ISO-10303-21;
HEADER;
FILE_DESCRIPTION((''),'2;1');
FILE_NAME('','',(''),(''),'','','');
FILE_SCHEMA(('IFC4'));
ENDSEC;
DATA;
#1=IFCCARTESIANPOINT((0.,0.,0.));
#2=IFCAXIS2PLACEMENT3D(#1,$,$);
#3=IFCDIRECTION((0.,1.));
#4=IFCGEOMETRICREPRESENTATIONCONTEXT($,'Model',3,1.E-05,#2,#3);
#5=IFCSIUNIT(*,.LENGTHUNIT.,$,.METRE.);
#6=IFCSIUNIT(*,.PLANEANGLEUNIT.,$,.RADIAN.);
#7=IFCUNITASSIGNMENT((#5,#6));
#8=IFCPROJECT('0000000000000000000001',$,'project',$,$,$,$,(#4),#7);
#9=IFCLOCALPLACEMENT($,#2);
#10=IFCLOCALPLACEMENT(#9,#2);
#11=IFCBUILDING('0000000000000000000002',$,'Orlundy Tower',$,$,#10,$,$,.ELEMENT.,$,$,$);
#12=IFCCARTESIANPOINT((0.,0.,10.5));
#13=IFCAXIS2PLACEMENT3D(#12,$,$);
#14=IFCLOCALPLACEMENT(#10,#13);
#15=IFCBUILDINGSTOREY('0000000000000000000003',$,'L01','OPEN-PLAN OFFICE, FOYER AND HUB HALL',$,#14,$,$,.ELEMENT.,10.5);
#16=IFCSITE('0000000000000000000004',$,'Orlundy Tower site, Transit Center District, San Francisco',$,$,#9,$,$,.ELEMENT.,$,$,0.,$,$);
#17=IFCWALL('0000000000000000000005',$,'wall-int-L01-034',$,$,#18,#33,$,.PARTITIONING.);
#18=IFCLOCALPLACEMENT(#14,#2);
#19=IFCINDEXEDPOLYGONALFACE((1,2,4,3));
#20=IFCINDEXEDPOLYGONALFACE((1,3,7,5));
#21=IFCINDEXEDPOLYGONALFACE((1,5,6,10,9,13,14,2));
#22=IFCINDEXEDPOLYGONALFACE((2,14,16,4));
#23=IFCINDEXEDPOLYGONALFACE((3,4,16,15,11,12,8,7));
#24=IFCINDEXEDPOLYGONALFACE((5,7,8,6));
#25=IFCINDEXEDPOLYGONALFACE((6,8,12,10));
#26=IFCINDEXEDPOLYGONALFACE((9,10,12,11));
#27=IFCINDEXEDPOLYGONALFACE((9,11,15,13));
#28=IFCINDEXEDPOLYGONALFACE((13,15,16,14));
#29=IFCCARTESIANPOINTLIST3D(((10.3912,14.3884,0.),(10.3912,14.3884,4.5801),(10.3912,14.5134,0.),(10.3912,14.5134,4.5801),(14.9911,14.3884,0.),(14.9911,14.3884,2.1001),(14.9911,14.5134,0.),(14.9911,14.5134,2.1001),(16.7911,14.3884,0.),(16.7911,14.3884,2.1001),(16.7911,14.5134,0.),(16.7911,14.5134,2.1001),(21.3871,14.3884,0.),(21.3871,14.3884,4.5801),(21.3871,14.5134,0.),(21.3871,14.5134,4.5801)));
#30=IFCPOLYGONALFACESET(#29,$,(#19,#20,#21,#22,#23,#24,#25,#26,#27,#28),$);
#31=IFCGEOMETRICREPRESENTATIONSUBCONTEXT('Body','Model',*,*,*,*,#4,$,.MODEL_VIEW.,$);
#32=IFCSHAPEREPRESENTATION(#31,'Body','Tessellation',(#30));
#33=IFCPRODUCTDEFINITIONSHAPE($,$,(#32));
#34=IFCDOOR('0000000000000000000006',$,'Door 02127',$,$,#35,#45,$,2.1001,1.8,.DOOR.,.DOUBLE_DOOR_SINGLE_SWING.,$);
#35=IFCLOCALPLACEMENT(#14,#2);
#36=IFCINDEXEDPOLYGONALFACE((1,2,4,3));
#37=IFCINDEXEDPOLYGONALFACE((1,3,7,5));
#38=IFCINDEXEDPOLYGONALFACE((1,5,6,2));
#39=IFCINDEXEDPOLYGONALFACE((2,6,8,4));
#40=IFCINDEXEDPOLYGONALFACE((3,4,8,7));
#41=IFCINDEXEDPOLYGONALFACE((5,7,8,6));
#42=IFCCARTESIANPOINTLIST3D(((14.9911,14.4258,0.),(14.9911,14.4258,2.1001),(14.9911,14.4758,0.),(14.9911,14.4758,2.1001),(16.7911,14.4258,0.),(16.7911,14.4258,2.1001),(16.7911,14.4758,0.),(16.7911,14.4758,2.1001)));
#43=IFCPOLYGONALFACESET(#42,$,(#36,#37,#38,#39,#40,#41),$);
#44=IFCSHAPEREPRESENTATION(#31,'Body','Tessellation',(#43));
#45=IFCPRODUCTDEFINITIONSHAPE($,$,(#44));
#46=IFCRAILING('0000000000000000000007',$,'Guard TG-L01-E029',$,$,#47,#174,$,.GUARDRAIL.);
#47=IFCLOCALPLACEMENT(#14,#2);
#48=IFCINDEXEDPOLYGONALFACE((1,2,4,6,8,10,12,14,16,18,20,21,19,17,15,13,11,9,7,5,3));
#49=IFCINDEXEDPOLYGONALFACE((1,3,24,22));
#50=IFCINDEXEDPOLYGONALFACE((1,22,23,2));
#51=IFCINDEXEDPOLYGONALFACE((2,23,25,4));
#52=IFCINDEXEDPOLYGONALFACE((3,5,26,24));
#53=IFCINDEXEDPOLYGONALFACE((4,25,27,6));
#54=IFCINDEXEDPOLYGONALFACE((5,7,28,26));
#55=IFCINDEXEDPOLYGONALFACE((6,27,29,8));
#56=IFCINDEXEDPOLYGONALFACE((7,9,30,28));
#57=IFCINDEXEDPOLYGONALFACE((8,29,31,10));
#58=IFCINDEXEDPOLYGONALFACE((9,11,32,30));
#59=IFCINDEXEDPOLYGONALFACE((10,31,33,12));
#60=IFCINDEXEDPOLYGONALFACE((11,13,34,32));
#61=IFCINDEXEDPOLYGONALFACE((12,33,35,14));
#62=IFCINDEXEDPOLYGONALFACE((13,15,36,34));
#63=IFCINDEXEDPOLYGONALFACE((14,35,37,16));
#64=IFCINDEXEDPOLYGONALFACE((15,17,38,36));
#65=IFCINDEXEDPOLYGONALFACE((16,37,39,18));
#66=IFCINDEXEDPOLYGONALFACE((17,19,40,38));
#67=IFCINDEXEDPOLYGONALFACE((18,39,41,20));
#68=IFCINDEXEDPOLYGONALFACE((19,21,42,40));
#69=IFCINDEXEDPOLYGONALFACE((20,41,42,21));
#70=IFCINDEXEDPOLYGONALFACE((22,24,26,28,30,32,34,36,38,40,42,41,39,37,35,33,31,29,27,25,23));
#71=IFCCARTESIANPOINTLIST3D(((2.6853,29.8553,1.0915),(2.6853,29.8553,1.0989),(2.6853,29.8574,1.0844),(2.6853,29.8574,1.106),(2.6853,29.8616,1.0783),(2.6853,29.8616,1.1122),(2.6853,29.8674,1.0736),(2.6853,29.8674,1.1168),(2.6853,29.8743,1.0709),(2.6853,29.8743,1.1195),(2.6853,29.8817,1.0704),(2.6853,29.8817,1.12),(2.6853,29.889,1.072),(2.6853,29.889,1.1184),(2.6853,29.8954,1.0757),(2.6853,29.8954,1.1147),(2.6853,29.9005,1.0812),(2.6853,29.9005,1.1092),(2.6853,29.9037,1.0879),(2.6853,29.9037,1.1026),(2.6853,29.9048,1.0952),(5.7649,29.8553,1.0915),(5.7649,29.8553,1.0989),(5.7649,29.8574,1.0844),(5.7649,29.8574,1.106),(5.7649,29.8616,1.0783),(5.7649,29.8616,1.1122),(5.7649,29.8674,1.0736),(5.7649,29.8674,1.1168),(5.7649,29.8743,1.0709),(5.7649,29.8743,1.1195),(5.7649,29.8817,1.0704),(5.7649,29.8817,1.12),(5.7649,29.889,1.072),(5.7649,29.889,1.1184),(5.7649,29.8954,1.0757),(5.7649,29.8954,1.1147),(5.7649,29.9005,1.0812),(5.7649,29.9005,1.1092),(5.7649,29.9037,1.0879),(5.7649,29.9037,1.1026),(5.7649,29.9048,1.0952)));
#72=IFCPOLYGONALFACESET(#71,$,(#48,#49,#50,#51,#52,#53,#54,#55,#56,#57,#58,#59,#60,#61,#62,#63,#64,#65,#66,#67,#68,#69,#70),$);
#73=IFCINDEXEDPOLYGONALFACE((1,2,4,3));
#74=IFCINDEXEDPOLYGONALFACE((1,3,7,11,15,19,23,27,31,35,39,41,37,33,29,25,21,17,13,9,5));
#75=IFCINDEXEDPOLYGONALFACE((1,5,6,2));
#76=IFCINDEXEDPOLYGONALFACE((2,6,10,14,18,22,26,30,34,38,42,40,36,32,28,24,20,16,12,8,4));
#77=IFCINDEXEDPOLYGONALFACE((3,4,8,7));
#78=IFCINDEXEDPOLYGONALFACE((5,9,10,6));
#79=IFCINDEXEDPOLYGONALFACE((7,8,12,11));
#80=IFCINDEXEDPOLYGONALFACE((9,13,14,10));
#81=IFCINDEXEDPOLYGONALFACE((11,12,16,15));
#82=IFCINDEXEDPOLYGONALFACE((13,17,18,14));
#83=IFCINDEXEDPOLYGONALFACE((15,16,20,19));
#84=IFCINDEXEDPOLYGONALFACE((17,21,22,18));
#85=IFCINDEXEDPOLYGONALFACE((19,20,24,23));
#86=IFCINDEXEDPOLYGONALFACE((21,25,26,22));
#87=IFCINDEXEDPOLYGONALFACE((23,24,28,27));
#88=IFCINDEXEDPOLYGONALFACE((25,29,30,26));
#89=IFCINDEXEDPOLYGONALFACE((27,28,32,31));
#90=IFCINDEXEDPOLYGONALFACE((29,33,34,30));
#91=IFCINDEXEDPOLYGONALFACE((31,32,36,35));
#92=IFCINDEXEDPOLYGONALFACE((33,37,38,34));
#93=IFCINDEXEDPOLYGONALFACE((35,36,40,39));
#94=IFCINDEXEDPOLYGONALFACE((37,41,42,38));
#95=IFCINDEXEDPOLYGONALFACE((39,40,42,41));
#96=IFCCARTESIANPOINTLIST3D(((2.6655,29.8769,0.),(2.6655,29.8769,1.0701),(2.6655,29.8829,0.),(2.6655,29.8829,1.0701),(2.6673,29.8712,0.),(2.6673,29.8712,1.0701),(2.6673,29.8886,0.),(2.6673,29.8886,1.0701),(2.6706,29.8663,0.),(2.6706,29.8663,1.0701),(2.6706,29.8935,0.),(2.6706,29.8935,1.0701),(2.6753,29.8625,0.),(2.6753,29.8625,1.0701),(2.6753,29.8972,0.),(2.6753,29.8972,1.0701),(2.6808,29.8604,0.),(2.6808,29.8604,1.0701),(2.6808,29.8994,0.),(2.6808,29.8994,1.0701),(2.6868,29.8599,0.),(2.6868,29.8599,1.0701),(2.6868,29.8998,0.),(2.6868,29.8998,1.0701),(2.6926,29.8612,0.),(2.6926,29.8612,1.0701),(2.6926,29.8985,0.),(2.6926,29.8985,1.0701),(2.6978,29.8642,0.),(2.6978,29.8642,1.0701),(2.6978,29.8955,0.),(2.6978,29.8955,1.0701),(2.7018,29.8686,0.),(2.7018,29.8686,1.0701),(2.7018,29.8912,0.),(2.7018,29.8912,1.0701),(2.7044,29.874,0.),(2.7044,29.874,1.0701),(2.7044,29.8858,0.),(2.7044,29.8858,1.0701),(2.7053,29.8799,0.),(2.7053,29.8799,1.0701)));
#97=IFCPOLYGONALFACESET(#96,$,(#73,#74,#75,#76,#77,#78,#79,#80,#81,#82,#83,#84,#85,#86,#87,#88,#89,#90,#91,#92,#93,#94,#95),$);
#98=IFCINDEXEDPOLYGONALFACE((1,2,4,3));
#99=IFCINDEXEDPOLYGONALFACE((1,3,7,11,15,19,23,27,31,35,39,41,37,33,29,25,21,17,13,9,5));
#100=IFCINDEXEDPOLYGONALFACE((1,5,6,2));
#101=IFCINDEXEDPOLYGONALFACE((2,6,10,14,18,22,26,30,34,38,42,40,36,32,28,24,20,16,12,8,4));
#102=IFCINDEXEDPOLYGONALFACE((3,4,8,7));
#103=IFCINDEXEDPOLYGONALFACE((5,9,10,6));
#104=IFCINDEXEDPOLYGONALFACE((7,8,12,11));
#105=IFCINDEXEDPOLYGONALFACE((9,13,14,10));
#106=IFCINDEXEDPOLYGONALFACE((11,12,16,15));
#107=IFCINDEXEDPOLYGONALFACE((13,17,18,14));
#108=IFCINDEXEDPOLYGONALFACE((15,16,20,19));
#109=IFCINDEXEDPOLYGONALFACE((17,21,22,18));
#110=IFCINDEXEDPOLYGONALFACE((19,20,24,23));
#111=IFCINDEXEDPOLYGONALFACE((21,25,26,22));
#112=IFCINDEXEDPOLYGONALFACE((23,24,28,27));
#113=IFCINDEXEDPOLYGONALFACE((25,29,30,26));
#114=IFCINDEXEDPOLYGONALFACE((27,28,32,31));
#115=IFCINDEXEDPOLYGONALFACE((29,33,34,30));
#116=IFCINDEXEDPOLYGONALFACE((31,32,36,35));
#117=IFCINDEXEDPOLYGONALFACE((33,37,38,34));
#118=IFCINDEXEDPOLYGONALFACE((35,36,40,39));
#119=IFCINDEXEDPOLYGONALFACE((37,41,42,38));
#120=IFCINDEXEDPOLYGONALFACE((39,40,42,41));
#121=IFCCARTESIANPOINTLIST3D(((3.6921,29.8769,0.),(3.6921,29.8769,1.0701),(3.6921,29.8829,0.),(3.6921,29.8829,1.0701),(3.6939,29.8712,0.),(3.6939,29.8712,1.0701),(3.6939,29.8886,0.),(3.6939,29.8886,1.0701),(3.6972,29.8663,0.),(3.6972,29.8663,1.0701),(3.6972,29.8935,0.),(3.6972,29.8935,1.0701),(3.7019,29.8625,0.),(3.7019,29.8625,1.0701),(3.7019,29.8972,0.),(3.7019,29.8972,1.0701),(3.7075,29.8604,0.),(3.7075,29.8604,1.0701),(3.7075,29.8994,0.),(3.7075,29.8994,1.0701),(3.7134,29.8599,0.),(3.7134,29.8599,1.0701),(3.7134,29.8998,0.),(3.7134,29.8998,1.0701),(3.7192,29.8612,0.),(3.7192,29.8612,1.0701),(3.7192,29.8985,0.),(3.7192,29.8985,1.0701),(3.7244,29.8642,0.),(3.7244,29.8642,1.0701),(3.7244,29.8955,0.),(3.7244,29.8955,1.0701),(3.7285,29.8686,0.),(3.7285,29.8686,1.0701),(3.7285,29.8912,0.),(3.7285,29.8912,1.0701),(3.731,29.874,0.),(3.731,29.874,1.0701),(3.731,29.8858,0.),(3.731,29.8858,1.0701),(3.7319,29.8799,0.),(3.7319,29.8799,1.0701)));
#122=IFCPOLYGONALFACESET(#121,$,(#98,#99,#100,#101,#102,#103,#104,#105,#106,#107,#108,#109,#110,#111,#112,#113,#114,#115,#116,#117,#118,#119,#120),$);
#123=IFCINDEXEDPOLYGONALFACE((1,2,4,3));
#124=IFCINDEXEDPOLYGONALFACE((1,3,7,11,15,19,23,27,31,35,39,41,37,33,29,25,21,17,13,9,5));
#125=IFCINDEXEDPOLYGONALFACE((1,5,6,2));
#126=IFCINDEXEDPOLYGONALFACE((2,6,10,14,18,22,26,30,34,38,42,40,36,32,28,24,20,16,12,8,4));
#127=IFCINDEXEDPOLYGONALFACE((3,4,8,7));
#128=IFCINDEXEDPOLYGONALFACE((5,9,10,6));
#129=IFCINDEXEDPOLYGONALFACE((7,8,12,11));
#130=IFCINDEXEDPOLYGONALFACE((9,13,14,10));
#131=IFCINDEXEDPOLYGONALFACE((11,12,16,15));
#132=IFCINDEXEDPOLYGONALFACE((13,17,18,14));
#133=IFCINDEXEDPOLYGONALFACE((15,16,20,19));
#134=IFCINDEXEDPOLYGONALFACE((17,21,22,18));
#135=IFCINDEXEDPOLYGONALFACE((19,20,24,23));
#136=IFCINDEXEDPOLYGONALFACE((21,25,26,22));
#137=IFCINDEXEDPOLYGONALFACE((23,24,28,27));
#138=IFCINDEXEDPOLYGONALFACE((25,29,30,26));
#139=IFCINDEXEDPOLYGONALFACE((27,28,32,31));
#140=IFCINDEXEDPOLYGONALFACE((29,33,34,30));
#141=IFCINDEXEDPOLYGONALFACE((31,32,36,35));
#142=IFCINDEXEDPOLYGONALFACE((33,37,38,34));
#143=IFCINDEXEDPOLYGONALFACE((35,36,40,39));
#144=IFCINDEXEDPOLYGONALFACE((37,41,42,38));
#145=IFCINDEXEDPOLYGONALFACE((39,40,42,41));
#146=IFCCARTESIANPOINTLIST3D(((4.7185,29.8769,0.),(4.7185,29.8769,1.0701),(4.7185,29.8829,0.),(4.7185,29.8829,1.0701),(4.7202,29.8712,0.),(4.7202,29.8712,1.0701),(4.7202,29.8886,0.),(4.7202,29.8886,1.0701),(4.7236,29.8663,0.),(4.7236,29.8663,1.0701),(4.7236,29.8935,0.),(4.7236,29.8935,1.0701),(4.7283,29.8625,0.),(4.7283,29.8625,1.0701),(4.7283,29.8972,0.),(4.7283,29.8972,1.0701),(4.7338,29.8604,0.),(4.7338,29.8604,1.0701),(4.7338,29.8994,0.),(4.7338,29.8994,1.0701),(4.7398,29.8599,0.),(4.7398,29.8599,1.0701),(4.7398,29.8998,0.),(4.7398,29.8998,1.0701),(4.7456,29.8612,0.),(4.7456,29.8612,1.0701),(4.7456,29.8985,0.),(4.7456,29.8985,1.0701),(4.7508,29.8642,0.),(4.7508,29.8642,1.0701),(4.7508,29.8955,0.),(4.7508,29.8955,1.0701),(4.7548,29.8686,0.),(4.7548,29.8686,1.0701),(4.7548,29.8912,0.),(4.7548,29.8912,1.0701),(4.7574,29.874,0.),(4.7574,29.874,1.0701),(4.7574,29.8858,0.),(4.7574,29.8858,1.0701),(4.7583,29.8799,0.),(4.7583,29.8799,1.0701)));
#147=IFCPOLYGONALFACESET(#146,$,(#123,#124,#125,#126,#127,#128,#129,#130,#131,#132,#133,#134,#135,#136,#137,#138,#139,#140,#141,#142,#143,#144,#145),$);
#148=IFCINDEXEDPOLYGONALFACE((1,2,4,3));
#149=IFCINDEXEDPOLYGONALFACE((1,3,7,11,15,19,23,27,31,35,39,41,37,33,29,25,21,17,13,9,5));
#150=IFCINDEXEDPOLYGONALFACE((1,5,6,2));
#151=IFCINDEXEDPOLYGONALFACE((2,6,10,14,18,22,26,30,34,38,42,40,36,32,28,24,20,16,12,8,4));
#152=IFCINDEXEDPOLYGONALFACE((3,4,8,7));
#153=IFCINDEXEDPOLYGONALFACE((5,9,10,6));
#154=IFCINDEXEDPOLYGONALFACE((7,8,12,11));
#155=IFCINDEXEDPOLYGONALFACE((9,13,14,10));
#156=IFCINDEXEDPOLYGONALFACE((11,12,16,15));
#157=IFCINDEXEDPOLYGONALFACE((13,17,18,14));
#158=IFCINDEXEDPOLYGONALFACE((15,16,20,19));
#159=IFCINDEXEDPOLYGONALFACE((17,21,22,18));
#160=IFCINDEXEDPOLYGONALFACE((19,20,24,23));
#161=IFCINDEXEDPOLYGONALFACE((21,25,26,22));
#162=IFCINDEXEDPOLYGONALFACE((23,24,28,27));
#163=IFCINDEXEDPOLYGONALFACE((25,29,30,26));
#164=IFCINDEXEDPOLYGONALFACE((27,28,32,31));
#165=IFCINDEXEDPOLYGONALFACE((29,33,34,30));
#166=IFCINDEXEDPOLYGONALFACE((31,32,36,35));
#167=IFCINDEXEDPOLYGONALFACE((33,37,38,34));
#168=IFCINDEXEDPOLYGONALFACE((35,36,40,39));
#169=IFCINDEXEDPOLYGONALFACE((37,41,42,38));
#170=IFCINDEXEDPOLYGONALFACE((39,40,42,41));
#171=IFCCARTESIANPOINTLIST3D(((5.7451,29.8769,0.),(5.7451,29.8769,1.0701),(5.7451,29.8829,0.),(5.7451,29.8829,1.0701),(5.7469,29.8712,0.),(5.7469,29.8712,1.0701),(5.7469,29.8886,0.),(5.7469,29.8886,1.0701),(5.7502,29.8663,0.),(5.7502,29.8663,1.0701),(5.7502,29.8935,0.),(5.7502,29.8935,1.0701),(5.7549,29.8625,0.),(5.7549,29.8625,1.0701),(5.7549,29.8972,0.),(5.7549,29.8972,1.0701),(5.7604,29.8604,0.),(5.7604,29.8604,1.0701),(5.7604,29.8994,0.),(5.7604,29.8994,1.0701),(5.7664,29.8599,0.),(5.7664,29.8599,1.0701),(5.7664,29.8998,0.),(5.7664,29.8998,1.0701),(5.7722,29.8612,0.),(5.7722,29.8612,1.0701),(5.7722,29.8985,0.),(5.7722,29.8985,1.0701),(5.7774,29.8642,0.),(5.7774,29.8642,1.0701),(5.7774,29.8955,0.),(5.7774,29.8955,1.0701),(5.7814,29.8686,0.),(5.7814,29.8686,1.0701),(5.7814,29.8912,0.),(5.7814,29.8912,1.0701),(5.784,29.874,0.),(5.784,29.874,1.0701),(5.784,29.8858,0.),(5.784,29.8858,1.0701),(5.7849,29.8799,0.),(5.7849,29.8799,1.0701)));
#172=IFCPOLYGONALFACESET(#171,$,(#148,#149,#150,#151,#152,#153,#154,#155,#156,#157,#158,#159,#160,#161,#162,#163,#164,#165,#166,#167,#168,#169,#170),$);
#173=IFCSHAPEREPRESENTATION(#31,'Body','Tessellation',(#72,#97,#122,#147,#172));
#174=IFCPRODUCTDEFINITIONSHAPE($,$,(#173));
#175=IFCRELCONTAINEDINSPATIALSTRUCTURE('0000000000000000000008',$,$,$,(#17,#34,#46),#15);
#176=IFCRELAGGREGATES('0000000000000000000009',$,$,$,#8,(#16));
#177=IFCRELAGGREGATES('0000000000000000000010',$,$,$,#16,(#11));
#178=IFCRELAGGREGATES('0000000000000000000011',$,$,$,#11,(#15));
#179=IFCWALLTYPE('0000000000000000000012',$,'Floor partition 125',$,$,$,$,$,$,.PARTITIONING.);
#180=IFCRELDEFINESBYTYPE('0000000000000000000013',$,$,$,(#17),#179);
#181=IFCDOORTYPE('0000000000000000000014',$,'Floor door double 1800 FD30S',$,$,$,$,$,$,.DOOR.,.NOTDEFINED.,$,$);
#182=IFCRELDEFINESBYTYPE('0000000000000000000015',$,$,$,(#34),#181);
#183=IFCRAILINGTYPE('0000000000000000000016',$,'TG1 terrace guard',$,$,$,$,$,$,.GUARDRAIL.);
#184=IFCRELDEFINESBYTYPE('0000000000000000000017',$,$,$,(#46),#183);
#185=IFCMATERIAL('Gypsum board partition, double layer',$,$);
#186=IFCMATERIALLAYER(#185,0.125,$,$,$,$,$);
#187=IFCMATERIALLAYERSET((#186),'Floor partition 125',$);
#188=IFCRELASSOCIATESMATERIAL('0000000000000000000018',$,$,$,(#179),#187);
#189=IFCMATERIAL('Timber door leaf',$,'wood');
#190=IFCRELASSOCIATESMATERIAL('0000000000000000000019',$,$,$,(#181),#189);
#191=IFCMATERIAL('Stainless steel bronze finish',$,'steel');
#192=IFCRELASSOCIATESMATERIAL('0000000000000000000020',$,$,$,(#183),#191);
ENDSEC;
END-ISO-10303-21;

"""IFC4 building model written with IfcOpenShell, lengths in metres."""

from ifc_helpers import new_model, si_unit, direction, frame, frame_2d, origin, origin_2d, place, context, subcontext, project, spatial, rectangle, circle, extrude, material, layer, layer_set, type_object, element, fill, save


model = new_model("IFC4")

# Units and contexts
model_context = context("Model", 3, precision=1e-05, world=origin(), true_north=direction((0.0, 1.0)))
body_context = subcontext(model_context, "Body", "Model", "MODEL_VIEW")
ifc_project = project(units=[si_unit("LENGTHUNIT", "METRE"), si_unit("PLANEANGLEUNIT", "RADIAN")], contexts=[model_context])

# Site, building, storey
site_placement = place(None, origin())
site = spatial("IfcSite", under=ifc_project, at=site_placement, Name="Orlundy Tower site, Transit Center District, San Francisco", CompositionType="ELEMENT", RefElevation=0.0)
building_placement = place(site_placement, origin())
building = spatial("IfcBuilding", under=site, at=building_placement, Name="Orlundy Tower", CompositionType="ELEMENT")
storey_placement = place(building_placement, frame((0.0, 0.0, 10.5)))
storey = spatial("IfcBuildingStorey", under=building, at=storey_placement, Name="L01", Description="OPEN-PLAN OFFICE, FOYER AND HUB HALL", CompositionType="ELEMENT", Elevation=10.5)

# Wall, opening, door
ifc_material_1 = material(Name="Gypsum board partition, double layer")
ifc_layer_1 = layer(ifc_material_1, 0.125)
ifc_layer_set_1 = layer_set([ifc_layer_1], Name="Floor partition 125")
wall_type_1 = type_object("IfcWallType", Name="Floor partition 125", PredefinedType="PARTITIONING", material=ifc_layer_set_1)
wall_placement = place(storey_placement, frame((10.3911, 14.4509, 0.0), z_axis=(0.0, 0.0, 1.0), x_axis=(1.0, 0.0, 0.0)))
wall = element("IfcWall", 1, at=wall_placement, inside=storey, type_object=wall_type_1, Name="wall-int-L01-034", PredefinedType="PARTITIONING", context=body_context, shape_type="SweptSolid", body=[
    extrude(rectangle(XDim=10.9958, YDim=0.125, at=frame_2d((5.498, 0.0))), origin(), (0.0, 0.0, 1.0), 4.5801),
])
opening_placement = place(wall_placement, frame((4.6001, 0.0, 0.0)))
opening = element("IfcOpeningElement", 2, at=opening_placement, cuts=wall, PredefinedType="OPENING", context=body_context, shape_type="SweptSolid", body=[
    extrude(rectangle(XDim=1.8, YDim=2.1001, at=frame_2d((0.8999, 1.05))), frame((0.0, 0.0725, 0.0), z_axis=(0.0, -1.0, 0.0), x_axis=(1.0, 0.0, 0.0)), (0.0, 0.0, 1.0), 0.145),
])
ifc_material_2 = material(Name="Timber door leaf", Category="wood")
door_type = type_object("IfcDoorType", Name="Floor door double 1800 FD30S", OperationType="NOTDEFINED", PredefinedType="DOOR", material=ifc_material_2)
door_placement = place(opening_placement, origin())
door = element("IfcDoor", 3, at=door_placement, inside=storey, type_object=door_type, Name="Door 02127", OperationType="DOUBLE_DOOR_SINGLE_SWING", OverallHeight=2.1001, OverallWidth=1.8, PredefinedType="DOOR", context=body_context, shape_type="SweptSolid", body=[
    extrude(rectangle(XDim=1.8, YDim=2.1001, at=frame_2d((0.8999, 1.05))), frame((0.0, 0.0249, 0.0), z_axis=(0.0, -1.0, 0.0), x_axis=(1.0, 0.0, 0.0)), (0.0, 0.0, 1.0), 0.05),
])
fill(opening, door)

# Railing
ifc_material_3 = material(Name="Stainless steel bronze finish", Category="steel")
railing_type = type_object("IfcRailingType", Name="TG1 terrace guard", PredefinedType="GUARDRAIL", material=ifc_material_3)
railing_1_placement = place(storey_placement, frame((2.6853, 29.8799, 0.0)))
element("IfcRailing", 4, at=railing_1_placement, inside=storey, type_object=railing_type, Name="Guard TG-L01-E029", PredefinedType="GUARDRAIL", context=body_context, shape_type="SweptSolid", body=[
    extrude(circle(Radius=0.0249, at=origin_2d()), frame((0.0, 0.0, 1.0952), z_axis=(1.0, 0.0, 0.0), x_axis=(0.0, 1.0, 0.0)), (0.0, 0.0, 1.0), 3.0796),
    extrude(circle(Radius=0.02, at=origin_2d()), origin(), (0.0, 0.0, 1.0), 1.0701),
    extrude(circle(Radius=0.02, at=origin_2d()), frame((1.0266, 0.0, 0.0)), (0.0, 0.0, 1.0), 1.0701),
    extrude(circle(Radius=0.02, at=origin_2d()), frame((2.053, 0.0, 0.0)), (0.0, 0.0, 1.0), 1.0701),
    extrude(circle(Radius=0.02, at=origin_2d()), frame((3.0796, 0.0, 0.0)), (0.0, 0.0, 1.0), 1.0701),
])

save(model, "model.ifc")
